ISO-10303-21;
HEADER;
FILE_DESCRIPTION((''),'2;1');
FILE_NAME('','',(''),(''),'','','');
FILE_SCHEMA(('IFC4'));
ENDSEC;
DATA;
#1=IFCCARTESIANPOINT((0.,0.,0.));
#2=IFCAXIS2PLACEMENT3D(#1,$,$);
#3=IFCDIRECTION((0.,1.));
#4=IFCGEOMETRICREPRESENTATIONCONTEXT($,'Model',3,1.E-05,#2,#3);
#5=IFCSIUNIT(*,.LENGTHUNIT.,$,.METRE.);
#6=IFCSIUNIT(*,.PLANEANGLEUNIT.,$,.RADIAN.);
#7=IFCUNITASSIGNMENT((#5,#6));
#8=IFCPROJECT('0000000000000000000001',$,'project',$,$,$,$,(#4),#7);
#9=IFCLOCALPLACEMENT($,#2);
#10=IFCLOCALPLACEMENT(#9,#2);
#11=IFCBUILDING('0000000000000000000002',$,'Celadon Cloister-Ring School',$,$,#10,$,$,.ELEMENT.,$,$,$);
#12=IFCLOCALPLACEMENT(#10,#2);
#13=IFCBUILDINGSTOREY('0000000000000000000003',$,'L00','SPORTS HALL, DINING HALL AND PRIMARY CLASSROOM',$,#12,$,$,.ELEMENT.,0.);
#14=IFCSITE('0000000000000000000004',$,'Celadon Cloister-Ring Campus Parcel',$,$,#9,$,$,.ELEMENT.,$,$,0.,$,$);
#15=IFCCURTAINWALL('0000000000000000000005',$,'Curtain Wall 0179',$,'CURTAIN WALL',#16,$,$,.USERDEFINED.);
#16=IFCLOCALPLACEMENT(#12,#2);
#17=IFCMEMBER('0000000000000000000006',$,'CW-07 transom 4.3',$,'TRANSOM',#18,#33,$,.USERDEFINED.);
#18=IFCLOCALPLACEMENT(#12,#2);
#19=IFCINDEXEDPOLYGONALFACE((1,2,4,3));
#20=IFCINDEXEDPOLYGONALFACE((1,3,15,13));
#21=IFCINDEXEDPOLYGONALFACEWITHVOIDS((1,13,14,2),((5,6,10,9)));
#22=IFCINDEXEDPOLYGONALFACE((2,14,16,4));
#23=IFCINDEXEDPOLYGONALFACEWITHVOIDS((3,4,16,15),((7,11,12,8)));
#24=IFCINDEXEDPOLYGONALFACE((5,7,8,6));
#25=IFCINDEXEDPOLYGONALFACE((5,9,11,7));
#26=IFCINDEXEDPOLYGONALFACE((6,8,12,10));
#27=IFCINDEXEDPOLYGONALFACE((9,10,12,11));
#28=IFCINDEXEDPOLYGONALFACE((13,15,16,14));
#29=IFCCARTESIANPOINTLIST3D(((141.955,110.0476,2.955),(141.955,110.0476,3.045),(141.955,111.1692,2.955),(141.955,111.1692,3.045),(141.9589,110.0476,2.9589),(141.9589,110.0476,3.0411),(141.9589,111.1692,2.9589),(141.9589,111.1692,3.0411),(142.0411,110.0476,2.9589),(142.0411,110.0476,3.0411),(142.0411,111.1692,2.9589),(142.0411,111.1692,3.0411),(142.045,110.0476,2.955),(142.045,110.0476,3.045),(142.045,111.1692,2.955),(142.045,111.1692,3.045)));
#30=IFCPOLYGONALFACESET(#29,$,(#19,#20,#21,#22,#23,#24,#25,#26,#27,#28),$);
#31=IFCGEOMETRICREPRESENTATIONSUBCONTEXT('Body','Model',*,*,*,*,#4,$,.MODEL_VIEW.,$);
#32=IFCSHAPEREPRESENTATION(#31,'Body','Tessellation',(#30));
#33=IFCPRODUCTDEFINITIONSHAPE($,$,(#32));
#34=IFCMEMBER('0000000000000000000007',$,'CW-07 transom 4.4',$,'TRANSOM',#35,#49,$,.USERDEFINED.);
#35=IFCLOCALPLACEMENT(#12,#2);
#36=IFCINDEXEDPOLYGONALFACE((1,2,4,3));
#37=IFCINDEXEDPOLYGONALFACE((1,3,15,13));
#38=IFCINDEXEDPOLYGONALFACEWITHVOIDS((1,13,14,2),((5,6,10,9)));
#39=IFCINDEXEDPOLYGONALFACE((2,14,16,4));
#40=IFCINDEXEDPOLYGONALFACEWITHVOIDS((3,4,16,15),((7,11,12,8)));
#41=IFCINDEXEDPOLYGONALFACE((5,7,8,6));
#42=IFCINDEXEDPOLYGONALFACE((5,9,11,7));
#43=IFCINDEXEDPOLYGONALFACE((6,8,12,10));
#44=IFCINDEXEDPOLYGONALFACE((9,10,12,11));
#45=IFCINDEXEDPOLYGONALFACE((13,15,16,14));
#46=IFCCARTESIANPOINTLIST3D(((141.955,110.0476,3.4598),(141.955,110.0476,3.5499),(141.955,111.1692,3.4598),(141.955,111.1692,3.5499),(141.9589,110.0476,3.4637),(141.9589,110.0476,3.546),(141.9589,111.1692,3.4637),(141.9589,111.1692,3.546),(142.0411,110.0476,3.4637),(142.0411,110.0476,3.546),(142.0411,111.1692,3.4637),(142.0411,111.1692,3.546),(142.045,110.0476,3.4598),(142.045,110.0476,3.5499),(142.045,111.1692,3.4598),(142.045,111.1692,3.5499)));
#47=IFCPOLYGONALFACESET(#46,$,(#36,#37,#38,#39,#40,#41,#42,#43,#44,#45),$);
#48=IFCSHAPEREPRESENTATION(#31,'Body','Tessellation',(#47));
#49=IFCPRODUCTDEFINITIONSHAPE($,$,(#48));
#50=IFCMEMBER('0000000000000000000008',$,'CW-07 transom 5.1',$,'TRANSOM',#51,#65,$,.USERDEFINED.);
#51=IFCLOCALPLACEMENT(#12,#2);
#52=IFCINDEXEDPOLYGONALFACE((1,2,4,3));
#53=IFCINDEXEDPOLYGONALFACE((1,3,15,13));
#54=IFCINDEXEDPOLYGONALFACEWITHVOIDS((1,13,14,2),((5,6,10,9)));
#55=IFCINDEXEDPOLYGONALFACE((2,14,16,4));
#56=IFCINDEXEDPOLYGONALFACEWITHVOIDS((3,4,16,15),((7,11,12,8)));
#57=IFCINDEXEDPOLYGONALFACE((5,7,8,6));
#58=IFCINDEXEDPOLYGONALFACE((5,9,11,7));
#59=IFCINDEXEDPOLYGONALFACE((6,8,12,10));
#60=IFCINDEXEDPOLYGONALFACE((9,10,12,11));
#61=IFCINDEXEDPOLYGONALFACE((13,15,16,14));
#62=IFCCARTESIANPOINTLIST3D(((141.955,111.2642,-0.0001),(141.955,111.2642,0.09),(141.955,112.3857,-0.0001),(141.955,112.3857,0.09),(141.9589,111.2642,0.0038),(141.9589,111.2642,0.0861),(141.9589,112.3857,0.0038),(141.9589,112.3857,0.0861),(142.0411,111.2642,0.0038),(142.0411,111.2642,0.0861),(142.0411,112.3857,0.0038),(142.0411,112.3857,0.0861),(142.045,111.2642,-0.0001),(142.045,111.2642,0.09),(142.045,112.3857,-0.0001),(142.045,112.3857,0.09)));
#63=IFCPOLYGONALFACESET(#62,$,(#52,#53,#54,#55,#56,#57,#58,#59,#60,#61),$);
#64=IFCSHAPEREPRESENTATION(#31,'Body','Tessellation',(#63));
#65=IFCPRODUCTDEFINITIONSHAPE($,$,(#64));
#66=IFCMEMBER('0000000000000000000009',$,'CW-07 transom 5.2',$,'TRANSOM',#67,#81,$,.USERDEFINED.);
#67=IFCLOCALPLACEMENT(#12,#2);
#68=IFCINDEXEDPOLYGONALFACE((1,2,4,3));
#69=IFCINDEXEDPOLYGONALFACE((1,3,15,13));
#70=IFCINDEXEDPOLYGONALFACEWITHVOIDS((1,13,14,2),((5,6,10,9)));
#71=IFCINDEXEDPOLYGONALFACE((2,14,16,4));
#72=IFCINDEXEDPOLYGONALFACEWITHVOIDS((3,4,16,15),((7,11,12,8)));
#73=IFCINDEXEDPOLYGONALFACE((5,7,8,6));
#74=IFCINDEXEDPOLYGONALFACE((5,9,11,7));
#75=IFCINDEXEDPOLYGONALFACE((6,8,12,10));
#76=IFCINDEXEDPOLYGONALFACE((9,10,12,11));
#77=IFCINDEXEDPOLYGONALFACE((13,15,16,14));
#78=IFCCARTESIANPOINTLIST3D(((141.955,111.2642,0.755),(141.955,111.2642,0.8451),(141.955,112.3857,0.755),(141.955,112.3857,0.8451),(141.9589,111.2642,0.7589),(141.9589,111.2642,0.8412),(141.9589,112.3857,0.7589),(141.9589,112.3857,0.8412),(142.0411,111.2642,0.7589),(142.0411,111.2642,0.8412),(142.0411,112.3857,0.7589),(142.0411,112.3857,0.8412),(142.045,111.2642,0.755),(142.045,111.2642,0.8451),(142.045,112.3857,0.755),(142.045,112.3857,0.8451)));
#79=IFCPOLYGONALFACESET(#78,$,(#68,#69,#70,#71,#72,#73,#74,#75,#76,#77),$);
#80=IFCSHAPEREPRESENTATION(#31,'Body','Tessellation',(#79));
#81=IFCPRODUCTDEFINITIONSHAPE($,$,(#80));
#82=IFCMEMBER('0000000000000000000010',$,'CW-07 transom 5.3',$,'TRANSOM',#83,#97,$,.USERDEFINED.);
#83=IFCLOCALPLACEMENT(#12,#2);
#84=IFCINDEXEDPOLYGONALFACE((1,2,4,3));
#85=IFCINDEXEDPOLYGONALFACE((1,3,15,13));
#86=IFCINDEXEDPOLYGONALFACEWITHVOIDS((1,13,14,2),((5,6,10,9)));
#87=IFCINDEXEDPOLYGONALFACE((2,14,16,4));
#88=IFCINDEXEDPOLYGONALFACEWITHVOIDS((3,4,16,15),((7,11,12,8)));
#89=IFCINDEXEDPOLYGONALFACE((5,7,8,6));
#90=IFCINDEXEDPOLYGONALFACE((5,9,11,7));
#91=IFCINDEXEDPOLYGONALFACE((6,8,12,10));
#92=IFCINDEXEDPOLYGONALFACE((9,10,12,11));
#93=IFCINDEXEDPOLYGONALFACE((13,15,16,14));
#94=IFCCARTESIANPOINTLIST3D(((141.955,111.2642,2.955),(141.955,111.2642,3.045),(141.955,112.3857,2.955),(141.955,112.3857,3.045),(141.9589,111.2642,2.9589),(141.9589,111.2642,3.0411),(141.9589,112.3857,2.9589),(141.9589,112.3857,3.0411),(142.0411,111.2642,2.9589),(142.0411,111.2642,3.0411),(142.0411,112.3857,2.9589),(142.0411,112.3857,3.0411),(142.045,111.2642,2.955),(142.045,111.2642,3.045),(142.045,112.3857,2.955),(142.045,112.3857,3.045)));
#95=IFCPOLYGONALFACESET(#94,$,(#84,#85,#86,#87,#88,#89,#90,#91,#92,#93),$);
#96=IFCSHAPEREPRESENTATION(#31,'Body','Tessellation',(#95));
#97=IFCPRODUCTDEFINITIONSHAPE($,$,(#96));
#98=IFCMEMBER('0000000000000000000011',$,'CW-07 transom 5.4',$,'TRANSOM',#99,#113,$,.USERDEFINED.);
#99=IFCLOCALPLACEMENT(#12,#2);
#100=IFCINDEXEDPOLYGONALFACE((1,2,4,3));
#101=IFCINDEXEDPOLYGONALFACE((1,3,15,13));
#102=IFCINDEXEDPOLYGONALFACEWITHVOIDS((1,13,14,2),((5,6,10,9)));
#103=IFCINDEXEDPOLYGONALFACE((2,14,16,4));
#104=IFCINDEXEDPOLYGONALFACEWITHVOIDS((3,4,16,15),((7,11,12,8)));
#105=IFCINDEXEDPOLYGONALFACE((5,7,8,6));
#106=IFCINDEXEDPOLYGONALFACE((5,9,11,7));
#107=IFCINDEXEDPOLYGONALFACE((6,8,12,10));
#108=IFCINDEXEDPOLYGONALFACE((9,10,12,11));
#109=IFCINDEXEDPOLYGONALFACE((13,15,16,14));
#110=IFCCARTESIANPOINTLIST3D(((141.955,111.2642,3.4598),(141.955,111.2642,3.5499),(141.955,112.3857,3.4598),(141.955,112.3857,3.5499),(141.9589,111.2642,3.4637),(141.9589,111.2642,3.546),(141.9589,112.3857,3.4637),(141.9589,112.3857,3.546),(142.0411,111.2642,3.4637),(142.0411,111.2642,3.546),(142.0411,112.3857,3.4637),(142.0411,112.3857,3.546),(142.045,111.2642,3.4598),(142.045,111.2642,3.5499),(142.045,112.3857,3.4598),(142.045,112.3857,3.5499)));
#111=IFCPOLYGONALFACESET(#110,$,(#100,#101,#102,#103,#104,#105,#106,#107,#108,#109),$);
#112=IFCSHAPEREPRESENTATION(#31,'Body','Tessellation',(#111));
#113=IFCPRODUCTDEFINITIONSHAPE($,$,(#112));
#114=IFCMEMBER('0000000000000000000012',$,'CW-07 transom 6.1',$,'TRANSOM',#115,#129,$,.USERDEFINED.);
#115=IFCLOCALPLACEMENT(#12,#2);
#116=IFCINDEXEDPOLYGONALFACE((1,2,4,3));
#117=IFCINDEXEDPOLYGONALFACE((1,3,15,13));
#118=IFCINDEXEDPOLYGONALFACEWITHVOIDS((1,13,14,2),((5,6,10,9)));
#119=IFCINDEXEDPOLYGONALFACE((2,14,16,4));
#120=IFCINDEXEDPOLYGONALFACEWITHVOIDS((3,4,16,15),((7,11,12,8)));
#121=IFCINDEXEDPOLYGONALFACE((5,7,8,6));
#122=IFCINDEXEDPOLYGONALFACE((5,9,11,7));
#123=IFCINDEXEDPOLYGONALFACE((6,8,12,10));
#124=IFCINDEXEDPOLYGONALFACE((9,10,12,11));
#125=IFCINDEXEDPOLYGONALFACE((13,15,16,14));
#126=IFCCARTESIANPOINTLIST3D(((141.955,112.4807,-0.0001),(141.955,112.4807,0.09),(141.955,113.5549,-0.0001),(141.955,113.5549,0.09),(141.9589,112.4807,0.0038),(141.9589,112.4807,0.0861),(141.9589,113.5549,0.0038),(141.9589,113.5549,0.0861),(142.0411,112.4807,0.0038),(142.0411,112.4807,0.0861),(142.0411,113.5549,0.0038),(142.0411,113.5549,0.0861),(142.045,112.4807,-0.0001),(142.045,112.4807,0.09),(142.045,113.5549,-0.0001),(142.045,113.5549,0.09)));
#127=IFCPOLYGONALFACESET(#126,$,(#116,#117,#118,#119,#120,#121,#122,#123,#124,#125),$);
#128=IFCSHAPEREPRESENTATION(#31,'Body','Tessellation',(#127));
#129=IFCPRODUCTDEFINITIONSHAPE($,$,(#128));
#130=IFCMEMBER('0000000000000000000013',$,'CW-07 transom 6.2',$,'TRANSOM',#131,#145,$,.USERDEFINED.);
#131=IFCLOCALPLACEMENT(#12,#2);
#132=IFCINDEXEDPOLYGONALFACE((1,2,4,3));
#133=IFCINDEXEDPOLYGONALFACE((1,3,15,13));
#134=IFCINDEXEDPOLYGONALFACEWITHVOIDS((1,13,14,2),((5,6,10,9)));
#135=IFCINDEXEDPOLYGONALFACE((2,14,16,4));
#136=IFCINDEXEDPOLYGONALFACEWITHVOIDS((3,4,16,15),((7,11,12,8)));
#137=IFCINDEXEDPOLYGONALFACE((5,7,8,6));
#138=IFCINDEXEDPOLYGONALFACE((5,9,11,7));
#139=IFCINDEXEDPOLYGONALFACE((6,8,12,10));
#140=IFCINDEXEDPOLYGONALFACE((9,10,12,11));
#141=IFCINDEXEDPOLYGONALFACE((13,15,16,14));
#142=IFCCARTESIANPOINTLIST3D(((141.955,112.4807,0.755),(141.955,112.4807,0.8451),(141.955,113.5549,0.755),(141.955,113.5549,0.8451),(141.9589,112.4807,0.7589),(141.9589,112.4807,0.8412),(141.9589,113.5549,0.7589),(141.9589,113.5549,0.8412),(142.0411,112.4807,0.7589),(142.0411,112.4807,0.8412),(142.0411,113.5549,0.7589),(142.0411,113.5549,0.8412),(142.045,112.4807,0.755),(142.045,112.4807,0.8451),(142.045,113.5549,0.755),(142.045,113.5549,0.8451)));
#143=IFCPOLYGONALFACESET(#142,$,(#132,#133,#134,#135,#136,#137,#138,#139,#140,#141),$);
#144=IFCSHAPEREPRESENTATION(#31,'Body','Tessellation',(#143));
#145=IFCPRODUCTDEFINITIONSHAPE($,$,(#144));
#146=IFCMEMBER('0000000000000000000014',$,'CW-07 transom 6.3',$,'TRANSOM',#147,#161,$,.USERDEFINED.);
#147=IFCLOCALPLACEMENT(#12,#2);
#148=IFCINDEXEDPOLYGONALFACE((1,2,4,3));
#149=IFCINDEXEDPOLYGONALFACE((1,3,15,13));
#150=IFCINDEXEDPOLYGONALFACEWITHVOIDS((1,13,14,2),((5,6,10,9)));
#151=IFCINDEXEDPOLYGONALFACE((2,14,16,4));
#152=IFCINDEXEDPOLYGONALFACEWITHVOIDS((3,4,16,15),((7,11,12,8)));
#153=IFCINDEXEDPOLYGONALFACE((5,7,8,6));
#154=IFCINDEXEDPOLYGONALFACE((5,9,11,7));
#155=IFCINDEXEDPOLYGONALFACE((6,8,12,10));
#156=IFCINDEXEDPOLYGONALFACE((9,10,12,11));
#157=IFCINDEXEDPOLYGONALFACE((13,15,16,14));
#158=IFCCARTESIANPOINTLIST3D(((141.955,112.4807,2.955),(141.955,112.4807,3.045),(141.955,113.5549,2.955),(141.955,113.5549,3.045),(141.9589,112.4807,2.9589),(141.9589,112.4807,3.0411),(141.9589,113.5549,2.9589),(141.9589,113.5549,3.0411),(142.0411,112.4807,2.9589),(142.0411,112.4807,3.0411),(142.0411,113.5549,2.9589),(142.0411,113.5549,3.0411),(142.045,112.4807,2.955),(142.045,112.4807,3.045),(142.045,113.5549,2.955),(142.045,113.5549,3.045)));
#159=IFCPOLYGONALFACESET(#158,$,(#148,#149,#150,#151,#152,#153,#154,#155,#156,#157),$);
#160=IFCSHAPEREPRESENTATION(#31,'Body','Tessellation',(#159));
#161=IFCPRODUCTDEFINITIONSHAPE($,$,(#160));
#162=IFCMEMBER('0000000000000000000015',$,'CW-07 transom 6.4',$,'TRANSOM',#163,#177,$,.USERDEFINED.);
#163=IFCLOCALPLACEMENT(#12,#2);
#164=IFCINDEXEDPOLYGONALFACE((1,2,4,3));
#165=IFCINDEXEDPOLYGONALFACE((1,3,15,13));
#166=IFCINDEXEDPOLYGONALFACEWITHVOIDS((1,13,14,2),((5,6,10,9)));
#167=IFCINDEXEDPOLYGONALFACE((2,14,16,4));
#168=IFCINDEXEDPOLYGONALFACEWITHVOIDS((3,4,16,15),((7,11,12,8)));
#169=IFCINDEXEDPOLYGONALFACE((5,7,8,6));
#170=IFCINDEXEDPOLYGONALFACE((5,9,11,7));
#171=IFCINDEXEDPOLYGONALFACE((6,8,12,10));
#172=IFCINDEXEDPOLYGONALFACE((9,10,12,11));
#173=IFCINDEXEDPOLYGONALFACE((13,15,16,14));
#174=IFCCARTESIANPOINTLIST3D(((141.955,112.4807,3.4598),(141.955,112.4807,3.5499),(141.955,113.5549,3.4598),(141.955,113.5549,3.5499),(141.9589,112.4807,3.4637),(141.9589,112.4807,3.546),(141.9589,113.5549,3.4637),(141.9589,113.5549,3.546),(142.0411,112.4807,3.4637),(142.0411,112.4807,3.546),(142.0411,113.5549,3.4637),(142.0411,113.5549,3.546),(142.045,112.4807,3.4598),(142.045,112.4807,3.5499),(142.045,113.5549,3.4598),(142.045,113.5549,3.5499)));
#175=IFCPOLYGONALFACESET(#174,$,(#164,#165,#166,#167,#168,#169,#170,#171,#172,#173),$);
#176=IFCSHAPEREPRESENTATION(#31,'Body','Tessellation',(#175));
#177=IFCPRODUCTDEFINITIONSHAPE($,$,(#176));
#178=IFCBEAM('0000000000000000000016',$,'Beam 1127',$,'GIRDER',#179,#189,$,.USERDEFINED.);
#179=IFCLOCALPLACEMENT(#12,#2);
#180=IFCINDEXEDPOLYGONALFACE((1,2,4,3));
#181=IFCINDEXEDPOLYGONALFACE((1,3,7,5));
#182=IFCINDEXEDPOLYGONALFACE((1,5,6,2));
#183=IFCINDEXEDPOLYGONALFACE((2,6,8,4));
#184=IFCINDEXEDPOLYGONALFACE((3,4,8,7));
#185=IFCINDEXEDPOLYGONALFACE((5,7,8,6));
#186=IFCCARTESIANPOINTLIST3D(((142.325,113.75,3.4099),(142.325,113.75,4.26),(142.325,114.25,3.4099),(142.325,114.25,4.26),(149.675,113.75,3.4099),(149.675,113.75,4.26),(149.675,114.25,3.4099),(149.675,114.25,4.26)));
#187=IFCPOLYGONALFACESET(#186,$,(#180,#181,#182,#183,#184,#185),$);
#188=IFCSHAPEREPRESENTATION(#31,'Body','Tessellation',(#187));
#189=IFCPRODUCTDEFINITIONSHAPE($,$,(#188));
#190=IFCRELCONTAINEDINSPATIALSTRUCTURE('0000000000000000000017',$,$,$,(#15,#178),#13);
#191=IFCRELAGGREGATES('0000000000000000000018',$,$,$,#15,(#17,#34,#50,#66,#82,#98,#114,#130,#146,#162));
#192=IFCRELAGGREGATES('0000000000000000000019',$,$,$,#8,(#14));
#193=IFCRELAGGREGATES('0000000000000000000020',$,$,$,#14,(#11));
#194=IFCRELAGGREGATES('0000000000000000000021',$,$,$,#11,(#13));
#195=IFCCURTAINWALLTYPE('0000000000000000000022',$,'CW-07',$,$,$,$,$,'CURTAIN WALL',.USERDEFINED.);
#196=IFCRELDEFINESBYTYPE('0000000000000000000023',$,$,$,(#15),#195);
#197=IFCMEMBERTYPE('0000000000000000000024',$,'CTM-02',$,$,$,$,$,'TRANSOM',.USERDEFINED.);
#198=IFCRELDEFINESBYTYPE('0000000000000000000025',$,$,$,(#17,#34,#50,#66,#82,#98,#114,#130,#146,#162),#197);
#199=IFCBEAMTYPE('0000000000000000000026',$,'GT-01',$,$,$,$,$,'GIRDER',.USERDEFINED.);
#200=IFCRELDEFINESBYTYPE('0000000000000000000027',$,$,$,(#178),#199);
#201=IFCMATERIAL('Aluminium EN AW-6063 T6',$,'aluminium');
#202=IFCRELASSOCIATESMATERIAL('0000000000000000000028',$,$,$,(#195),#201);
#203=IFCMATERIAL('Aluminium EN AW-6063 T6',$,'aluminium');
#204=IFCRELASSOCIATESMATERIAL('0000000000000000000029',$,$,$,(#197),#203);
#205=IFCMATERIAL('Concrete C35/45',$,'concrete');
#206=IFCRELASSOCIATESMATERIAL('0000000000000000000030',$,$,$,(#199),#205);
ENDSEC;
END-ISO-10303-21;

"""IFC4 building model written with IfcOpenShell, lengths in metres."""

from ifc_helpers import new_model, si_unit, direction, frame, origin, origin_2d, place, context, subcontext, project, spatial, rectangle, hollow_rectangle, extrude, material, material_profile, profile_set, type_object, element, aggregate, save


model = new_model("IFC4")

# Units and contexts
model_context = context("Model", 3, precision=1e-05, world=origin(), true_north=direction((0.0, 1.0)))
body_context = subcontext(model_context, "Body", "Model", "MODEL_VIEW")
ifc_project = project(units=[si_unit("LENGTHUNIT", "METRE"), si_unit("PLANEANGLEUNIT", "RADIAN")], contexts=[model_context])

# Site, building, storey
site_placement = place(None, origin())
site = spatial("IfcSite", under=ifc_project, at=site_placement, Name="Celadon Cloister-Ring Campus Parcel", CompositionType="ELEMENT", RefElevation=0.0)
building_placement = place(site_placement, origin())
building = spatial("IfcBuilding", under=site, at=building_placement, Name="Celadon Cloister-Ring School", CompositionType="ELEMENT")
storey_placement = place(building_placement, origin())
storey = spatial("IfcBuildingStorey", under=building, at=storey_placement, Name="L00", Description="SPORTS HALL, DINING HALL AND PRIMARY CLASSROOM", CompositionType="ELEMENT", Elevation=0.0)

# Curtain wall, members
ifc_material_1 = material(Name="Aluminium EN AW-6063 T6", Category="aluminium")
curtain_wall_type = type_object("IfcCurtainWallType", Name="CW-07", ElementType="CURTAIN WALL", PredefinedType="USERDEFINED", material=ifc_material_1)
curtain_wall_placement = place(storey_placement, origin())
curtain_wall = element("IfcCurtainWall", 1, at=curtain_wall_placement, inside=storey, type_object=curtain_wall_type, Name="Curtain Wall 0179", ObjectType="CURTAIN WALL", PredefinedType="USERDEFINED")
ifc_material_2 = material(Name="Aluminium EN AW-6063 T6", Category="aluminium")
ifc_material_profile_1 = material_profile(ifc_material_2, hollow_rectangle(XDim=0.0901, YDim=0.0901, WallThickness=0.0039, at=origin_2d()), Name="RHS90X90X4")
ifc_profile_set_1 = profile_set([ifc_material_profile_1], Name="Aluminium EN AW-6063 T6")
member_type_1 = type_object("IfcMemberType", Name="CTM-02", ElementType="TRANSOM", PredefinedType="USERDEFINED", material=ifc_profile_set_1)
member_1_placement = place(storey_placement, frame((142.0, 110.0476, 3.0), z_axis=(0.0, 1.0, 0.0), x_axis=(-1.0, 0.0, 0.0)))
member_1 = element("IfcMember", 2, at=member_1_placement, type_object=member_type_1, Name="CW-07 transom 4.3", ObjectType="TRANSOM", PredefinedType="USERDEFINED", context=body_context, shape_type="SweptSolid", body=[
    extrude(hollow_rectangle(XDim=0.0901, YDim=0.0901, WallThickness=0.0039, at=origin_2d()), origin(), (0.0, 0.0, 1.0), 1.1216),
])
member_2_placement = place(storey_placement, frame((142.0, 110.0476, 3.5049), z_axis=(0.0, 1.0, 0.0), x_axis=(-1.0, 0.0, 0.0)))
member_2 = element("IfcMember", 3, at=member_2_placement, type_object=member_type_1, Name="CW-07 transom 4.4", ObjectType="TRANSOM", PredefinedType="USERDEFINED", context=body_context, shape_type="SweptSolid", body=[
    extrude(hollow_rectangle(XDim=0.0901, YDim=0.0901, WallThickness=0.0039, at=origin_2d()), origin(), (0.0, 0.0, 1.0), 1.1216),
])
member_3_placement = place(storey_placement, frame((142.0, 111.2642, 0.0449), z_axis=(0.0, 1.0, 0.0), x_axis=(-1.0, 0.0, 0.0)))
member_3 = element("IfcMember", 4, at=member_3_placement, type_object=member_type_1, Name="CW-07 transom 5.1", ObjectType="TRANSOM", PredefinedType="USERDEFINED", context=body_context, shape_type="SweptSolid", body=[
    extrude(hollow_rectangle(XDim=0.0901, YDim=0.0901, WallThickness=0.0039, at=origin_2d()), origin(), (0.0, 0.0, 1.0), 1.1216),
])
member_4_placement = place(storey_placement, frame((142.0, 111.2642, 0.8), z_axis=(0.0, 1.0, 0.0), x_axis=(-1.0, 0.0, 0.0)))
member_4 = element("IfcMember", 5, at=member_4_placement, type_object=member_type_1, Name="CW-07 transom 5.2", ObjectType="TRANSOM", PredefinedType="USERDEFINED", context=body_context, shape_type="SweptSolid", body=[
    extrude(hollow_rectangle(XDim=0.0901, YDim=0.0901, WallThickness=0.0039, at=origin_2d()), origin(), (0.0, 0.0, 1.0), 1.1216),
])
member_5_placement = place(storey_placement, frame((142.0, 111.2642, 3.0), z_axis=(0.0, 1.0, 0.0), x_axis=(-1.0, 0.0, 0.0)))
member_5 = element("IfcMember", 6, at=member_5_placement, type_object=member_type_1, Name="CW-07 transom 5.3", ObjectType="TRANSOM", PredefinedType="USERDEFINED", context=body_context, shape_type="SweptSolid", body=[
    extrude(hollow_rectangle(XDim=0.0901, YDim=0.0901, WallThickness=0.0039, at=origin_2d()), origin(), (0.0, 0.0, 1.0), 1.1216),
])
member_6_placement = place(storey_placement, frame((142.0, 111.2642, 3.5049), z_axis=(0.0, 1.0, 0.0), x_axis=(-1.0, 0.0, 0.0)))
member_6 = element("IfcMember", 7, at=member_6_placement, type_object=member_type_1, Name="CW-07 transom 5.4", ObjectType="TRANSOM", PredefinedType="USERDEFINED", context=body_context, shape_type="SweptSolid", body=[
    extrude(hollow_rectangle(XDim=0.0901, YDim=0.0901, WallThickness=0.0039, at=origin_2d()), origin(), (0.0, 0.0, 1.0), 1.1216),
])
member_7_placement = place(storey_placement, frame((142.0, 112.4807, 0.0449), z_axis=(0.0, 1.0, 0.0), x_axis=(-1.0, 0.0, 0.0)))
member_7 = element("IfcMember", 8, at=member_7_placement, type_object=member_type_1, Name="CW-07 transom 6.1", ObjectType="TRANSOM", PredefinedType="USERDEFINED", context=body_context, shape_type="SweptSolid", body=[
    extrude(hollow_rectangle(XDim=0.0901, YDim=0.0901, WallThickness=0.0039, at=origin_2d()), origin(), (0.0, 0.0, 1.0), 1.0742),
])
member_8_placement = place(storey_placement, frame((142.0, 112.4807, 0.8), z_axis=(0.0, 1.0, 0.0), x_axis=(-1.0, 0.0, 0.0)))
member_8 = element("IfcMember", 9, at=member_8_placement, type_object=member_type_1, Name="CW-07 transom 6.2", ObjectType="TRANSOM", PredefinedType="USERDEFINED", context=body_context, shape_type="SweptSolid", body=[
    extrude(hollow_rectangle(XDim=0.0901, YDim=0.0901, WallThickness=0.0039, at=origin_2d()), origin(), (0.0, 0.0, 1.0), 1.0742),
])
member_9_placement = place(storey_placement, frame((142.0, 112.4807, 3.0), z_axis=(0.0, 1.0, 0.0), x_axis=(-1.0, 0.0, 0.0)))
member_9 = element("IfcMember", 10, at=member_9_placement, type_object=member_type_1, Name="CW-07 transom 6.3", ObjectType="TRANSOM", PredefinedType="USERDEFINED", context=body_context, shape_type="SweptSolid", body=[
    extrude(hollow_rectangle(XDim=0.0901, YDim=0.0901, WallThickness=0.0039, at=origin_2d()), origin(), (0.0, 0.0, 1.0), 1.0742),
])
member_10_placement = place(storey_placement, frame((142.0, 112.4807, 3.5049), z_axis=(0.0, 1.0, 0.0), x_axis=(-1.0, 0.0, 0.0)))
member_10 = element("IfcMember", 11, at=member_10_placement, type_object=member_type_1, Name="CW-07 transom 6.4", ObjectType="TRANSOM", PredefinedType="USERDEFINED", context=body_context, shape_type="SweptSolid", body=[
    extrude(hollow_rectangle(XDim=0.0901, YDim=0.0901, WallThickness=0.0039, at=origin_2d()), origin(), (0.0, 0.0, 1.0), 1.0742),
])

# Beam
ifc_material_3 = material(Name="Concrete C35/45", Category="concrete")
ifc_material_profile_2 = material_profile(ifc_material_3, rectangle(XDim=0.5, YDim=0.8501, at=origin_2d()), Name="RC500X850")
ifc_profile_set_2 = profile_set([ifc_material_profile_2], Name="Concrete C35/45")
beam_type = type_object("IfcBeamType", Name="GT-01", ElementType="GIRDER", PredefinedType="USERDEFINED", material=ifc_profile_set_2)
beam_placement = place(storey_placement, frame((142.325, 114.0, 3.835), z_axis=(1.0, 0.0, 0.0), x_axis=(0.0, 1.0, 0.0)))
element("IfcBeam", 12, at=beam_placement, inside=storey, type_object=beam_type, Name="Beam 1127", ObjectType="GIRDER", PredefinedType="USERDEFINED", context=body_context, shape_type="SweptSolid", body=[
    extrude(rectangle(XDim=0.5, YDim=0.8501, at=origin_2d()), origin(), (0.0, 0.0, 1.0), 7.3501),
])

aggregate(curtain_wall, [member_1, member_2, member_3, member_4, member_5, member_6, member_7, member_8, member_9, member_10])

save(model, "model.ifc")
